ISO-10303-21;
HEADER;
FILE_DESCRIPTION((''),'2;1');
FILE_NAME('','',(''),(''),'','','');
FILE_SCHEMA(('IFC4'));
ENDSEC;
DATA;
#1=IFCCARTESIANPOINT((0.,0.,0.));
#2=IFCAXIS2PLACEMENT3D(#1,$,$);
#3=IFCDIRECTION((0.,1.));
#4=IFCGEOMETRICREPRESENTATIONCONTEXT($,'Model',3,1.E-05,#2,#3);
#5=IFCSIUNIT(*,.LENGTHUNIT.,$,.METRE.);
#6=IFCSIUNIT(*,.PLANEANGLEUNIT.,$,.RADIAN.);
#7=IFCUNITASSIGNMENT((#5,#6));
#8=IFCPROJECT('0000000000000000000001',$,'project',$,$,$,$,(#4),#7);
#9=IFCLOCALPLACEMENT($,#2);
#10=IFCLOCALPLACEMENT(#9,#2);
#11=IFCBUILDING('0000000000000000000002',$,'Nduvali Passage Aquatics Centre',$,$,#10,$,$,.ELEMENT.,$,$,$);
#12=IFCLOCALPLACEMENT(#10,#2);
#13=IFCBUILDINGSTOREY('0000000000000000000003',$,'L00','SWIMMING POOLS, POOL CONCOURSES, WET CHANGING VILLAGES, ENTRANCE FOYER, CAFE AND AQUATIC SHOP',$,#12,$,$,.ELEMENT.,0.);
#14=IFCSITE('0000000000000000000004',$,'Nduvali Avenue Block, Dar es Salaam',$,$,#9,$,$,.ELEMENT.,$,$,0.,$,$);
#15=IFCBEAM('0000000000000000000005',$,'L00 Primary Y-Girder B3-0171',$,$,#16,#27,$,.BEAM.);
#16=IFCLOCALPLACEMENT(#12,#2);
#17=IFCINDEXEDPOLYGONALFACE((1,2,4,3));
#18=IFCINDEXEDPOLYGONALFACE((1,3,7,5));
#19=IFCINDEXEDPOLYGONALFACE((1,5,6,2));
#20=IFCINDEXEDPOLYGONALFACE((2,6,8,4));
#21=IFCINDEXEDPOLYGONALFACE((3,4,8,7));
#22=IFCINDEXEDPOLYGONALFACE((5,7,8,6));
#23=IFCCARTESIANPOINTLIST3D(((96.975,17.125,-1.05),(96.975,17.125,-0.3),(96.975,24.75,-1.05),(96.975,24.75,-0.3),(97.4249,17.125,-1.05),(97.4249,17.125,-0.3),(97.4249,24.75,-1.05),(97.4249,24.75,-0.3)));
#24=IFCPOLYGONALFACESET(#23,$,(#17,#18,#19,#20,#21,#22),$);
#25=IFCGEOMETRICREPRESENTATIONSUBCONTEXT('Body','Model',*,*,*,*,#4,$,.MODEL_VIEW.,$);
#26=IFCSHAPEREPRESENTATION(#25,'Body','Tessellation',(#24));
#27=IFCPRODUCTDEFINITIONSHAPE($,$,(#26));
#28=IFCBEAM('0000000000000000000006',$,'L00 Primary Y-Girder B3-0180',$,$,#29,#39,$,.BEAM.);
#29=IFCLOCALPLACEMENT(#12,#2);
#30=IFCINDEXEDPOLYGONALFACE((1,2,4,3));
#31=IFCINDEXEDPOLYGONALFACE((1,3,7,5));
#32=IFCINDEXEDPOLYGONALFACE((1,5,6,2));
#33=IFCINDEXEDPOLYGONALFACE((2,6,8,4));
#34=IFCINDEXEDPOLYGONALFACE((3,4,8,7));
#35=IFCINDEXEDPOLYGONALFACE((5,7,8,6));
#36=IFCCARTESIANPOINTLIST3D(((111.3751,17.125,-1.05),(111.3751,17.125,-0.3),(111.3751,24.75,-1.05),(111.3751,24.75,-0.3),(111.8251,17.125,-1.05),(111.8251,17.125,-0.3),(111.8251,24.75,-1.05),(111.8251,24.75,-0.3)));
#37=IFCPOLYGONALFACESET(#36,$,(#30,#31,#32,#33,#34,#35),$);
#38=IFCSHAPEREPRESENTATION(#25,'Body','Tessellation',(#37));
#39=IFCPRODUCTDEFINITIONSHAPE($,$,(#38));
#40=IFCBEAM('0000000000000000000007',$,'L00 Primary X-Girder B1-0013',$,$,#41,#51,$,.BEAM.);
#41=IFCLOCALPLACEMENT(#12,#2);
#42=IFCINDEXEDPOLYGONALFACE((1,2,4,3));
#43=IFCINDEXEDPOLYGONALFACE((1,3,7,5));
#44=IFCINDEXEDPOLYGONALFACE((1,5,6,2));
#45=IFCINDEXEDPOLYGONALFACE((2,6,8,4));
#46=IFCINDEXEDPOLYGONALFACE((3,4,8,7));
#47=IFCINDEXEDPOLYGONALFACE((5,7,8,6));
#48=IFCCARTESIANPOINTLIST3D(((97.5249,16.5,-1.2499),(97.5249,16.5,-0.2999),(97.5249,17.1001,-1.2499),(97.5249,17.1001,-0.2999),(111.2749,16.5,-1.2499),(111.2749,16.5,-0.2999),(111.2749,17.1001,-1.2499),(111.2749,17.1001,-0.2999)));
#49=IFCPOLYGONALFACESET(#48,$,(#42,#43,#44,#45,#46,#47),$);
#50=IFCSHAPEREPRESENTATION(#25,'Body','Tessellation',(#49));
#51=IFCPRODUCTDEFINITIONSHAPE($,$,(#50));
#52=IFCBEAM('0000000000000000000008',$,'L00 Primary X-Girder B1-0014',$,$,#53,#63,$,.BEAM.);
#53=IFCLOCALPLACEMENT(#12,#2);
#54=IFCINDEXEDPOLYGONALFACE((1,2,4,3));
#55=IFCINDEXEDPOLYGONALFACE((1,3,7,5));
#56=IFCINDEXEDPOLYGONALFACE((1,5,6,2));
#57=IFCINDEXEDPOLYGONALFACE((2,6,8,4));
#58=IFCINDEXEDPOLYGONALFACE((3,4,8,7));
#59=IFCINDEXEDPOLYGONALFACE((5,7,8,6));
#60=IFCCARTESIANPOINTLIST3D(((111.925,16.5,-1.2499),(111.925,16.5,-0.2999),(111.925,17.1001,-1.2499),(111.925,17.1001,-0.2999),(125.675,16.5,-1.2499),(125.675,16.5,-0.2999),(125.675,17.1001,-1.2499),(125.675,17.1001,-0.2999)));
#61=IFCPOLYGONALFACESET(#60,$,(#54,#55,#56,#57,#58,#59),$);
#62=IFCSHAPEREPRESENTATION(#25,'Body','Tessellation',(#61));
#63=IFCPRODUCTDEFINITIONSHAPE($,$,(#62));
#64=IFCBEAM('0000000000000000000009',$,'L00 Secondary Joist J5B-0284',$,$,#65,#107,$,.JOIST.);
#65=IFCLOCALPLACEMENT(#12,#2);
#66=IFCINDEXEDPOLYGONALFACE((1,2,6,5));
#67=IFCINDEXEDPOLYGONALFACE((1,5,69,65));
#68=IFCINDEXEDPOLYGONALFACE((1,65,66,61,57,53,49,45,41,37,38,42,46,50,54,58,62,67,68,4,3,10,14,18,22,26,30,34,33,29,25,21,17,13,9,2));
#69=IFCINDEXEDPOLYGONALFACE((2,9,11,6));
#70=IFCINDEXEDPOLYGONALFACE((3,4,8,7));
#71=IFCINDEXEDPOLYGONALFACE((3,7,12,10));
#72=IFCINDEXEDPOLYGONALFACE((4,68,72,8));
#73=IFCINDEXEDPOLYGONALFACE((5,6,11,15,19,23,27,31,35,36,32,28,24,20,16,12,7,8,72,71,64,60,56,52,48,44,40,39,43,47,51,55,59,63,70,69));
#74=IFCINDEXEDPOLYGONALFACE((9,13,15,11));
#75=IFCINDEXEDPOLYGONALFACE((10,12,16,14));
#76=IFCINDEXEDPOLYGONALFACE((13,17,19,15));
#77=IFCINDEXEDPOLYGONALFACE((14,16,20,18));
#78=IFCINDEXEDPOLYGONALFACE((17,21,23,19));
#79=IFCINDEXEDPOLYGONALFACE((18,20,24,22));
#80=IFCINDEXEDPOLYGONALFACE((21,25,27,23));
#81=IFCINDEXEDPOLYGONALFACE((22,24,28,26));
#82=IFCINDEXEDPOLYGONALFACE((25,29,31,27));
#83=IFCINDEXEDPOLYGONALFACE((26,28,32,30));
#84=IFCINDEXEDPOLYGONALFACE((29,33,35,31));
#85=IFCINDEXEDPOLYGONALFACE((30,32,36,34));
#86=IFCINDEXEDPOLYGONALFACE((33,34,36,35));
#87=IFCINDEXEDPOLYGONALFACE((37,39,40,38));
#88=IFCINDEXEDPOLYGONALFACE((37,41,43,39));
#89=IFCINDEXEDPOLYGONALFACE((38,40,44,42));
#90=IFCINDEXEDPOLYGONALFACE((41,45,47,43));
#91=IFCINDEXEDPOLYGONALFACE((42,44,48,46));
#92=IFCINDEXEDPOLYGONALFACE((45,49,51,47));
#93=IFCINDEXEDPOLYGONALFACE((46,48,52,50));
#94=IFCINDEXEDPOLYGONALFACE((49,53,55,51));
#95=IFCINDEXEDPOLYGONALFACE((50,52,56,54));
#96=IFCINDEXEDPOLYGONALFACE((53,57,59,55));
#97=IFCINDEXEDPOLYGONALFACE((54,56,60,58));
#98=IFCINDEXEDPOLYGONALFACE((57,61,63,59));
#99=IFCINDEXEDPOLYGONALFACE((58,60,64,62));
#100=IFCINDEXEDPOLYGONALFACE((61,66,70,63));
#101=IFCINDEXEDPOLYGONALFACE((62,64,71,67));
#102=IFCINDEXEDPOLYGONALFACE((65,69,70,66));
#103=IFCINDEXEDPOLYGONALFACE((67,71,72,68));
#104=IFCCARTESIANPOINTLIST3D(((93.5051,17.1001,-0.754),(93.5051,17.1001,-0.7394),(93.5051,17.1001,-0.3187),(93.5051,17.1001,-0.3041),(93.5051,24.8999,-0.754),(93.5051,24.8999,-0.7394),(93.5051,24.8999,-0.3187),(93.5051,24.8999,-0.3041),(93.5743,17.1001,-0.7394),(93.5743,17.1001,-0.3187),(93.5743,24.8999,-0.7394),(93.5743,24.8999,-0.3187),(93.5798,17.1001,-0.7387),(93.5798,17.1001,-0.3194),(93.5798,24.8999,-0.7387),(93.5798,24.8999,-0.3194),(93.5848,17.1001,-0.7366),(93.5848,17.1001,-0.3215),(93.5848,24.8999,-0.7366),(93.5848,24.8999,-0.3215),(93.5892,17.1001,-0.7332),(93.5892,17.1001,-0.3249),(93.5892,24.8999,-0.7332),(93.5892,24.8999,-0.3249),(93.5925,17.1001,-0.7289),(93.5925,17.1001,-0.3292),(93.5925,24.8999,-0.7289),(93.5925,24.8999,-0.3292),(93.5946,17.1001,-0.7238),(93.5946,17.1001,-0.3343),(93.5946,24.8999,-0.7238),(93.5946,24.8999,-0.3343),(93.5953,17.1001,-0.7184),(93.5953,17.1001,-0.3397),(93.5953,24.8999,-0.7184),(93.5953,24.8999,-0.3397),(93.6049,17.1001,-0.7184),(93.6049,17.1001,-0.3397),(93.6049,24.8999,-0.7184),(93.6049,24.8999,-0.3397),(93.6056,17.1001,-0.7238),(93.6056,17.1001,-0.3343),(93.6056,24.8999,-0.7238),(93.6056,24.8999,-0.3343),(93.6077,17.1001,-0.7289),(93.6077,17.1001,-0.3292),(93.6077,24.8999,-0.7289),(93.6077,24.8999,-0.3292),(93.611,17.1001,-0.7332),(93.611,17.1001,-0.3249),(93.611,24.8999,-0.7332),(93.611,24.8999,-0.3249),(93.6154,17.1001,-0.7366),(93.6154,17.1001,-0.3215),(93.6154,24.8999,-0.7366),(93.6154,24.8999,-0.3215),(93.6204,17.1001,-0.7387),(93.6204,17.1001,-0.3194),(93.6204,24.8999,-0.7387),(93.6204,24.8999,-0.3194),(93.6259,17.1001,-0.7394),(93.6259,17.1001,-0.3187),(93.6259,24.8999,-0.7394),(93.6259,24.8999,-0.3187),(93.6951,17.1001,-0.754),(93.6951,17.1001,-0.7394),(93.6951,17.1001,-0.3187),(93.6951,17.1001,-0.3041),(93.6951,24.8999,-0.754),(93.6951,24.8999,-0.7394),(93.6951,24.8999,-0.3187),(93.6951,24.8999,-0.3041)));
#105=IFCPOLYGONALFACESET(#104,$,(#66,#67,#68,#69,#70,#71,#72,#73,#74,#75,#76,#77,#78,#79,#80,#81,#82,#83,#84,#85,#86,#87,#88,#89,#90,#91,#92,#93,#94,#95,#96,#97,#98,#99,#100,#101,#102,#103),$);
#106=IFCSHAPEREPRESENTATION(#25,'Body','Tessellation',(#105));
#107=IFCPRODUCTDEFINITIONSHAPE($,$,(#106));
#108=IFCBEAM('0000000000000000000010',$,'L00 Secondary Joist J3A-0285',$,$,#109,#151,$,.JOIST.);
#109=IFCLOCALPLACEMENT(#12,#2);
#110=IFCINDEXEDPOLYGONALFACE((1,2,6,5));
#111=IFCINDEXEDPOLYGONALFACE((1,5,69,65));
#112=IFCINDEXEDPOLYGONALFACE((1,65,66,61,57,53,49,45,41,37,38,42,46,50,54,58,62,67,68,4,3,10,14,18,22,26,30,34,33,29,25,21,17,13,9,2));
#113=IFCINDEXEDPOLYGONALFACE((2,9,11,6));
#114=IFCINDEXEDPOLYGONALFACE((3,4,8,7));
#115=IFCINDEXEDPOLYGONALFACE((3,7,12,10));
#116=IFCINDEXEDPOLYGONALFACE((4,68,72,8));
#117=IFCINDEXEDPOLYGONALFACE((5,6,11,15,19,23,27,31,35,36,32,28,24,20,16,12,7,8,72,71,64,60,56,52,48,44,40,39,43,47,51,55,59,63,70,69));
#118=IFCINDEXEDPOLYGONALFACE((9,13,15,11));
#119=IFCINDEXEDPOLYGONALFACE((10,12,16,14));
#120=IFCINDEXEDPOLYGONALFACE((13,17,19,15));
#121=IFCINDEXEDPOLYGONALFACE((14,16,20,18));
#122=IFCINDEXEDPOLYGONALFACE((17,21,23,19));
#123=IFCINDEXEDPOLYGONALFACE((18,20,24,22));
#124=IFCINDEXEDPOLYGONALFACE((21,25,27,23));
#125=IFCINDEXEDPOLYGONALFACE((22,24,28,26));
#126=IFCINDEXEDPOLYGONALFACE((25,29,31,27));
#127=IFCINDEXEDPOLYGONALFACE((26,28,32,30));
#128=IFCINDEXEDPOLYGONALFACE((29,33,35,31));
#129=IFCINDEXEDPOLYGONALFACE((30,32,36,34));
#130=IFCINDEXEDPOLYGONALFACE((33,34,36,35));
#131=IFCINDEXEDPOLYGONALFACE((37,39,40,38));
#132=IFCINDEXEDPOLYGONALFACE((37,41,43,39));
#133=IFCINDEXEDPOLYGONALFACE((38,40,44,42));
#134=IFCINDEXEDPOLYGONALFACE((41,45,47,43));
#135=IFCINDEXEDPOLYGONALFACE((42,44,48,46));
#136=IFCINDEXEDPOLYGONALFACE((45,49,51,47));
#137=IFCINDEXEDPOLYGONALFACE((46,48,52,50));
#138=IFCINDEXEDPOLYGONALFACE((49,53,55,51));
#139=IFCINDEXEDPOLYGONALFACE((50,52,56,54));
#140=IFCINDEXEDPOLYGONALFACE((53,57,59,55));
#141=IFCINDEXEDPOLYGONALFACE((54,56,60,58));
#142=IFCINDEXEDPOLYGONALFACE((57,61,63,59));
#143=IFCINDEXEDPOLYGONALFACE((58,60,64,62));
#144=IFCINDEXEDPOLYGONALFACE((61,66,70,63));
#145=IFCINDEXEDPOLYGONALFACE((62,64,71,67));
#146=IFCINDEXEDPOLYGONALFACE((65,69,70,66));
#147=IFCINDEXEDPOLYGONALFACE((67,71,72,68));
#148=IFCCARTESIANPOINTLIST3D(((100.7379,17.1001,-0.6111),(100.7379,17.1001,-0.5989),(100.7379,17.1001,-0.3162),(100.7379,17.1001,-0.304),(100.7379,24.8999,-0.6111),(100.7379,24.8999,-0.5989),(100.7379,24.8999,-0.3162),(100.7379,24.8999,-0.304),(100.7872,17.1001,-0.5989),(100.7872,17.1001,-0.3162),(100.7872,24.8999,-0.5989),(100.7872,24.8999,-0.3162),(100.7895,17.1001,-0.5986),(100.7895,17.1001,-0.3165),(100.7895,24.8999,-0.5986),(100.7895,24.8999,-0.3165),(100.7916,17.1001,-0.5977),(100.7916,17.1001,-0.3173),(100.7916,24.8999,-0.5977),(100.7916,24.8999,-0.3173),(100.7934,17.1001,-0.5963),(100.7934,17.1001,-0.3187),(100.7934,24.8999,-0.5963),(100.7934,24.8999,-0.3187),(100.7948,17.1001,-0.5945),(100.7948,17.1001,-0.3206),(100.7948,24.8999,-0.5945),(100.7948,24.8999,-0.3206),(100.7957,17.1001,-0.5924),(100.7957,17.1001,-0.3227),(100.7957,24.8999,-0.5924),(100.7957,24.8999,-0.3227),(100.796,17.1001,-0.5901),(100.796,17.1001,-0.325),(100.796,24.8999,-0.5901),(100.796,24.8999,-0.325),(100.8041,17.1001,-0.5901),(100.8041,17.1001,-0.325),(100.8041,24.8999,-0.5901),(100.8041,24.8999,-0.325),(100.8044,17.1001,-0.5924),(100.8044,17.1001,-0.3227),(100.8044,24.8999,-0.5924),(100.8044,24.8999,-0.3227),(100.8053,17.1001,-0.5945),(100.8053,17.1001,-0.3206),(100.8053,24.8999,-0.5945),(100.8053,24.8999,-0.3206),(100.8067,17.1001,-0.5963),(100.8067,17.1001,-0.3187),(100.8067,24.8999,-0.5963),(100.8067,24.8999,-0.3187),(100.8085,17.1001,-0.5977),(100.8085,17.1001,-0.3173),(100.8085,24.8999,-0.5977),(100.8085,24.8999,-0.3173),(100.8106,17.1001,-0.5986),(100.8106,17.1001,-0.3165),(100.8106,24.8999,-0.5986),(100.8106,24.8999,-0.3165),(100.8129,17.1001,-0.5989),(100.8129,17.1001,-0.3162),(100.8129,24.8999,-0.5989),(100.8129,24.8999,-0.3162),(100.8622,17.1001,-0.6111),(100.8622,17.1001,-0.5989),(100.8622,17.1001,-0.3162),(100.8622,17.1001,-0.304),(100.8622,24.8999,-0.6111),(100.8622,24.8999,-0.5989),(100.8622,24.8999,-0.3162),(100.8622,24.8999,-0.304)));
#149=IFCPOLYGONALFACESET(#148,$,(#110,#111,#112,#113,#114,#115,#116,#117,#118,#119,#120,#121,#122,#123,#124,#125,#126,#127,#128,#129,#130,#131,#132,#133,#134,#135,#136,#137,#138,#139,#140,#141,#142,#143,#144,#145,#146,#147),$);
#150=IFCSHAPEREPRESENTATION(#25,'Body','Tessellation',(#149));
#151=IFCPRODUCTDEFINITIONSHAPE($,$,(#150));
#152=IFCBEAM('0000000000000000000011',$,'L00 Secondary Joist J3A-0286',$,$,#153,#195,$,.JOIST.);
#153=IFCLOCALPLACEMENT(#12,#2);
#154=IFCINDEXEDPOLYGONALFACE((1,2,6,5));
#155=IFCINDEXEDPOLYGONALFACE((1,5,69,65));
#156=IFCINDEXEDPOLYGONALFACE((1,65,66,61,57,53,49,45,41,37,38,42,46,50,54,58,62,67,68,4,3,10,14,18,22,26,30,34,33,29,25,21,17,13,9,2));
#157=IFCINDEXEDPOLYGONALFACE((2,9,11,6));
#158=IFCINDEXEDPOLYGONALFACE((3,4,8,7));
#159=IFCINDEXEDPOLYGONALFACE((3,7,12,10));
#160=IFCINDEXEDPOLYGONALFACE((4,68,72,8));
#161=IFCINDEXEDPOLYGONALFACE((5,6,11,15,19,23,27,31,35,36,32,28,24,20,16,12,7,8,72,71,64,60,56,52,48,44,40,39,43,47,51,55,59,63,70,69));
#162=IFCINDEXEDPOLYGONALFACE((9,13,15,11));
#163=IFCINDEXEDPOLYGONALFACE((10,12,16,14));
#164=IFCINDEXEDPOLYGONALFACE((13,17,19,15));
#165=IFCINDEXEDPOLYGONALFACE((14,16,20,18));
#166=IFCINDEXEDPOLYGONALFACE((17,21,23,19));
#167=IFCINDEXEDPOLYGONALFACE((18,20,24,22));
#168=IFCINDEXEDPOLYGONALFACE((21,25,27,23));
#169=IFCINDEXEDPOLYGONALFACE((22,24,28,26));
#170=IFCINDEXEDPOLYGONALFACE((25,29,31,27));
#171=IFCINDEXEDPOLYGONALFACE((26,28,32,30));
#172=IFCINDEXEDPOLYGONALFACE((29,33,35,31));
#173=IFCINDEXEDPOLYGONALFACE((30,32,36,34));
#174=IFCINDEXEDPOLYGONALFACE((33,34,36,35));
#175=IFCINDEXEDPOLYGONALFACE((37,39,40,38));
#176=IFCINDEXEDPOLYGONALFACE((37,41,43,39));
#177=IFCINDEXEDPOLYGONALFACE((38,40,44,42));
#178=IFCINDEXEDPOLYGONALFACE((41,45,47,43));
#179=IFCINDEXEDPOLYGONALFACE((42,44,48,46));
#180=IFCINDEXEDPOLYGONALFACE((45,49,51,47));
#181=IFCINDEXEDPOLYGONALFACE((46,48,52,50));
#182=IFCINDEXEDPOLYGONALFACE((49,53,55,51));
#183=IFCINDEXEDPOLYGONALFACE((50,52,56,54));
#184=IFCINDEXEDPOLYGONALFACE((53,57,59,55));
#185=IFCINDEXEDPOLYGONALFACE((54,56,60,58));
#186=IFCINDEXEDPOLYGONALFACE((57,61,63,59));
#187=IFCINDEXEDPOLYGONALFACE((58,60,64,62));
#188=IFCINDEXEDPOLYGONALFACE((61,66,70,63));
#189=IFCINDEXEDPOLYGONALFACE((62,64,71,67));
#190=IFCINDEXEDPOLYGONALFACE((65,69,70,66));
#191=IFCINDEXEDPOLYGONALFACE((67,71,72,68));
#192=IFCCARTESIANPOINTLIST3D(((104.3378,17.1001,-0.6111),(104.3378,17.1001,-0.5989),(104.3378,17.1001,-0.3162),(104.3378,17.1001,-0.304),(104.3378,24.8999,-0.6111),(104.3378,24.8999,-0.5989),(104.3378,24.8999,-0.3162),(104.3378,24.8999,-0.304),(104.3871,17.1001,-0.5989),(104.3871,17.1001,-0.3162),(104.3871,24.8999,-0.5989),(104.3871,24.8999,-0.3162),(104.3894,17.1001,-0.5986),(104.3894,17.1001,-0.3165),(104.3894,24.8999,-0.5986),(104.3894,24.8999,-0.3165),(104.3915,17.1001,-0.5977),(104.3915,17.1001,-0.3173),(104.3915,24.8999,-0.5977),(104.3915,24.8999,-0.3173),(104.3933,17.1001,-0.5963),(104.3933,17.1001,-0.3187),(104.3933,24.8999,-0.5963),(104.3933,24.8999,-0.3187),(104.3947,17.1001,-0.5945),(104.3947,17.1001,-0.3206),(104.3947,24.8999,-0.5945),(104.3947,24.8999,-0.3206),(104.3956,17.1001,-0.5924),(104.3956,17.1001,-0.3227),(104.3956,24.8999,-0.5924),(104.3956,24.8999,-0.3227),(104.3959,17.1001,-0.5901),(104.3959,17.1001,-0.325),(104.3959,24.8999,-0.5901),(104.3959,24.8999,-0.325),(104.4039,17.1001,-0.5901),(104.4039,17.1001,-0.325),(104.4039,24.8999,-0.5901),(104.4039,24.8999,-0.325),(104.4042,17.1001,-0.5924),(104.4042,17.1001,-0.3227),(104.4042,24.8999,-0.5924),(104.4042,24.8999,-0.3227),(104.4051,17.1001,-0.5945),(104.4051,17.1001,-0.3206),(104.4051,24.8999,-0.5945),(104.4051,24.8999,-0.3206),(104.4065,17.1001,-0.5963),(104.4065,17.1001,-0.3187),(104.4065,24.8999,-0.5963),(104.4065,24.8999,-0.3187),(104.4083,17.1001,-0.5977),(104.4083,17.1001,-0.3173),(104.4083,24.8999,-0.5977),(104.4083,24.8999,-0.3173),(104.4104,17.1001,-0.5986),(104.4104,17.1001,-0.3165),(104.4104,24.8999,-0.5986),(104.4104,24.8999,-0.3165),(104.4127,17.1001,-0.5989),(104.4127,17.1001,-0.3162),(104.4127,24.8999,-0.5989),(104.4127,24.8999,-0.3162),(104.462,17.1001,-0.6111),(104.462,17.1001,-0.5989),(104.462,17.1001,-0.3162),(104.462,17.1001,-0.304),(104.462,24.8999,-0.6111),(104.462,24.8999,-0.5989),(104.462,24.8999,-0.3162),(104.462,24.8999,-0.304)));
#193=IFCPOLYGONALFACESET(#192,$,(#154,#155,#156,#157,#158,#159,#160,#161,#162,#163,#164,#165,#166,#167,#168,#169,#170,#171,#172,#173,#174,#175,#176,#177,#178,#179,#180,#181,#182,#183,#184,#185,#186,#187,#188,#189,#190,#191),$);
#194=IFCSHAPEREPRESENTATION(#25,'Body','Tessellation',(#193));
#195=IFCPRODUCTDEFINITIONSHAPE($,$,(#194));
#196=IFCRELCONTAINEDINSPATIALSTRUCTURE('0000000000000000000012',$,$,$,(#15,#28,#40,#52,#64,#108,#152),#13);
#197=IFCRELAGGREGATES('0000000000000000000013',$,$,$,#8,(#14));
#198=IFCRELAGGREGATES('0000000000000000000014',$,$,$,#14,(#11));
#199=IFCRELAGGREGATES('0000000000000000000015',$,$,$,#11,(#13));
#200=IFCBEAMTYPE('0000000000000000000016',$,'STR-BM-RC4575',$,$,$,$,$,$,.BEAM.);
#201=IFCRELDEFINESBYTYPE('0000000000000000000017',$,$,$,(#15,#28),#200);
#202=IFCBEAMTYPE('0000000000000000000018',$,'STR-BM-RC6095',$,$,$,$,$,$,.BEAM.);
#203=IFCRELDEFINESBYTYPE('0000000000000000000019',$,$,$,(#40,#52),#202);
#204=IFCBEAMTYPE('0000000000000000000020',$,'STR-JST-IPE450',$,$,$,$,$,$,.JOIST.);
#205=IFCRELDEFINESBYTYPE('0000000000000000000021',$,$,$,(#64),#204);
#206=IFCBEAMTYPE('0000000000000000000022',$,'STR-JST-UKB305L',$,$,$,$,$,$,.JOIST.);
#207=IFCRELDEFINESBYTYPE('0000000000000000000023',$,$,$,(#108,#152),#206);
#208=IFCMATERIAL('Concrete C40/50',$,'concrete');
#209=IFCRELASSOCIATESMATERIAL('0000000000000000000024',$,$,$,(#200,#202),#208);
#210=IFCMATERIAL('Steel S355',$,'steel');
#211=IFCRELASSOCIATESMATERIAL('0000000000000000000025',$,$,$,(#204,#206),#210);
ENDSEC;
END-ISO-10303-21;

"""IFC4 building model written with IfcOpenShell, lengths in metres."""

from ifc_helpers import new_model, si_unit, direction, frame, origin, origin_2d, place, context, subcontext, project, spatial, rectangle, i_section, extrude, material, material_profile, profile_set, type_object, element, save


model = new_model("IFC4")

# Units and contexts
model_context = context("Model", 3, precision=1e-05, world=origin(), true_north=direction((0.0, 1.0)))
body_context = subcontext(model_context, "Body", "Model", "MODEL_VIEW")
ifc_project = project(units=[si_unit("LENGTHUNIT", "METRE"), si_unit("PLANEANGLEUNIT", "RADIAN")], contexts=[model_context])

# Site, building, storey
site_placement = place(None, origin())
site = spatial("IfcSite", under=ifc_project, at=site_placement, Name="Nduvali Avenue Block, Dar es Salaam", CompositionType="ELEMENT", RefElevation=0.0)
building_placement = place(site_placement, origin())
building = spatial("IfcBuilding", under=site, at=building_placement, Name="Nduvali Passage Aquatics Centre", CompositionType="ELEMENT")
storey_placement = place(building_placement, origin())
storey = spatial("IfcBuildingStorey", under=building, at=storey_placement, Name="L00", Description="SWIMMING POOLS, POOL CONCOURSES, WET CHANGING VILLAGES, ENTRANCE FOYER, CAFE AND AQUATIC SHOP", CompositionType="ELEMENT", Elevation=0.0)

# Shared definitions
ifc_material_1 = material(Name="Concrete C40/50", Category="concrete")

# Beams
ifc_material_profile_1 = material_profile(ifc_material_1, rectangle(XDim=0.45, YDim=0.75, at=origin_2d()), Name="RC 450x750")
ifc_profile_set_1 = profile_set([ifc_material_profile_1], Name="Concrete C40/50")
beam_type_1 = type_object("IfcBeamType", Name="STR-BM-RC4575", PredefinedType="BEAM", material=ifc_profile_set_1)
for number, where, z_axis, x_axis, name in (
    (1, (97.2, 17.125, -0.675), (0.0, 1.0, 0.0), (-1.0, 0.0, 0.0), "L00 Primary Y-Girder B3-0171"),
    (2, (111.6001, 17.125, -0.675), (0.0, 1.0, 0.0), (-1.0, 0.0, 0.0), "L00 Primary Y-Girder B3-0180"),
):
    element("IfcBeam", number, at=place(storey_placement, frame(where, z_axis=z_axis, x_axis=x_axis)), inside=storey, type_object=beam_type_1, Name=name, PredefinedType="BEAM", context=body_context, shape_type="SweptSolid", body=[
        extrude(rectangle(XDim=0.45, YDim=0.75, at=origin_2d()), origin(), (0.0, 0.0, 1.0), 7.625),
    ])
ifc_material_profile_2 = material_profile(ifc_material_1, rectangle(XDim=0.6001, YDim=0.95, at=origin_2d()), Name="RC 600x950")
ifc_profile_set_2 = profile_set([ifc_material_profile_2], Name="Concrete C40/50")
beam_type_2 = type_object("IfcBeamType", Name="STR-BM-RC6095", PredefinedType="BEAM", material=ifc_profile_set_2)
for number, where, z_axis, x_axis, name in (
    (3, (97.5249, 16.8, -0.7749), (1.0, 0.0, 0.0), (0.0, 1.0, 0.0), "L00 Primary X-Girder B1-0013"),
    (4, (111.925, 16.8, -0.7749), (1.0, 0.0, 0.0), (0.0, 1.0, 0.0), "L00 Primary X-Girder B1-0014"),
):
    element("IfcBeam", number, at=place(storey_placement, frame(where, z_axis=z_axis, x_axis=x_axis)), inside=storey, type_object=beam_type_2, Name=name, PredefinedType="BEAM", context=body_context, shape_type="SweptSolid", body=[
        extrude(rectangle(XDim=0.6001, YDim=0.95, at=origin_2d()), origin(), (0.0, 0.0, 1.0), 13.75),
    ])
ifc_material_2 = material(Name="Steel S355", Category="steel")
ifc_material_profile_3 = material_profile(ifc_material_2, i_section(OverallWidth=0.1899, OverallDepth=0.45, WebThickness=0.0095, FlangeThickness=0.0146, FilletRadius=0.021, at=origin_2d()), Name="IPE 450")
ifc_profile_set_3 = profile_set([ifc_material_profile_3], Name="Steel S355")
beam_type_3 = type_object("IfcBeamType", Name="STR-JST-IPE450", PredefinedType="JOIST", material=ifc_profile_set_3)
beam_placement = place(storey_placement, frame((93.6001, 17.1001, -0.5291), z_axis=(0.0, 1.0, 0.0), x_axis=(-1.0, 0.0, 0.0)))
element("IfcBeam", 5, at=beam_placement, inside=storey, type_object=beam_type_3, Name="L00 Secondary Joist J5B-0284", PredefinedType="JOIST", context=body_context, shape_type="SweptSolid", body=[
    extrude(i_section(OverallWidth=0.1899, OverallDepth=0.45, WebThickness=0.0095, FlangeThickness=0.0146, FilletRadius=0.021, at=origin_2d()), origin(), (0.0, 0.0, 1.0), 7.7998),
])
ifc_material_profile_4 = material_profile(ifc_material_2, i_section(OverallWidth=0.1243, OverallDepth=0.3071, WebThickness=0.0081, FlangeThickness=0.0122, FilletRadius=0.0088, at=origin_2d()), Name="UKB 305x127x42")
ifc_profile_set_4 = profile_set([ifc_material_profile_4], Name="Steel S355")
beam_type_4 = type_object("IfcBeamType", Name="STR-JST-UKB305L", PredefinedType="JOIST", material=ifc_profile_set_4)
for number, where, z_axis, x_axis, name in (
    (6, (100.8, 17.1001, -0.4575), (0.0, 1.0, 0.0), (-1.0, 0.0, 0.0), "L00 Secondary Joist J3A-0285"),
    (7, (104.3999, 17.1001, -0.4575), (0.0, 1.0, 0.0), (-1.0, 0.0, 0.0), "L00 Secondary Joist J3A-0286"),
):
    element("IfcBeam", number, at=place(storey_placement, frame(where, z_axis=z_axis, x_axis=x_axis)), inside=storey, type_object=beam_type_4, Name=name, PredefinedType="JOIST", context=body_context, shape_type="SweptSolid", body=[
        extrude(i_section(OverallWidth=0.1243, OverallDepth=0.3071, WebThickness=0.0081, FlangeThickness=0.0122, FilletRadius=0.0088, at=origin_2d()), origin(), (0.0, 0.0, 1.0), 7.7998),
    ])

save(model, "model.ifc")
